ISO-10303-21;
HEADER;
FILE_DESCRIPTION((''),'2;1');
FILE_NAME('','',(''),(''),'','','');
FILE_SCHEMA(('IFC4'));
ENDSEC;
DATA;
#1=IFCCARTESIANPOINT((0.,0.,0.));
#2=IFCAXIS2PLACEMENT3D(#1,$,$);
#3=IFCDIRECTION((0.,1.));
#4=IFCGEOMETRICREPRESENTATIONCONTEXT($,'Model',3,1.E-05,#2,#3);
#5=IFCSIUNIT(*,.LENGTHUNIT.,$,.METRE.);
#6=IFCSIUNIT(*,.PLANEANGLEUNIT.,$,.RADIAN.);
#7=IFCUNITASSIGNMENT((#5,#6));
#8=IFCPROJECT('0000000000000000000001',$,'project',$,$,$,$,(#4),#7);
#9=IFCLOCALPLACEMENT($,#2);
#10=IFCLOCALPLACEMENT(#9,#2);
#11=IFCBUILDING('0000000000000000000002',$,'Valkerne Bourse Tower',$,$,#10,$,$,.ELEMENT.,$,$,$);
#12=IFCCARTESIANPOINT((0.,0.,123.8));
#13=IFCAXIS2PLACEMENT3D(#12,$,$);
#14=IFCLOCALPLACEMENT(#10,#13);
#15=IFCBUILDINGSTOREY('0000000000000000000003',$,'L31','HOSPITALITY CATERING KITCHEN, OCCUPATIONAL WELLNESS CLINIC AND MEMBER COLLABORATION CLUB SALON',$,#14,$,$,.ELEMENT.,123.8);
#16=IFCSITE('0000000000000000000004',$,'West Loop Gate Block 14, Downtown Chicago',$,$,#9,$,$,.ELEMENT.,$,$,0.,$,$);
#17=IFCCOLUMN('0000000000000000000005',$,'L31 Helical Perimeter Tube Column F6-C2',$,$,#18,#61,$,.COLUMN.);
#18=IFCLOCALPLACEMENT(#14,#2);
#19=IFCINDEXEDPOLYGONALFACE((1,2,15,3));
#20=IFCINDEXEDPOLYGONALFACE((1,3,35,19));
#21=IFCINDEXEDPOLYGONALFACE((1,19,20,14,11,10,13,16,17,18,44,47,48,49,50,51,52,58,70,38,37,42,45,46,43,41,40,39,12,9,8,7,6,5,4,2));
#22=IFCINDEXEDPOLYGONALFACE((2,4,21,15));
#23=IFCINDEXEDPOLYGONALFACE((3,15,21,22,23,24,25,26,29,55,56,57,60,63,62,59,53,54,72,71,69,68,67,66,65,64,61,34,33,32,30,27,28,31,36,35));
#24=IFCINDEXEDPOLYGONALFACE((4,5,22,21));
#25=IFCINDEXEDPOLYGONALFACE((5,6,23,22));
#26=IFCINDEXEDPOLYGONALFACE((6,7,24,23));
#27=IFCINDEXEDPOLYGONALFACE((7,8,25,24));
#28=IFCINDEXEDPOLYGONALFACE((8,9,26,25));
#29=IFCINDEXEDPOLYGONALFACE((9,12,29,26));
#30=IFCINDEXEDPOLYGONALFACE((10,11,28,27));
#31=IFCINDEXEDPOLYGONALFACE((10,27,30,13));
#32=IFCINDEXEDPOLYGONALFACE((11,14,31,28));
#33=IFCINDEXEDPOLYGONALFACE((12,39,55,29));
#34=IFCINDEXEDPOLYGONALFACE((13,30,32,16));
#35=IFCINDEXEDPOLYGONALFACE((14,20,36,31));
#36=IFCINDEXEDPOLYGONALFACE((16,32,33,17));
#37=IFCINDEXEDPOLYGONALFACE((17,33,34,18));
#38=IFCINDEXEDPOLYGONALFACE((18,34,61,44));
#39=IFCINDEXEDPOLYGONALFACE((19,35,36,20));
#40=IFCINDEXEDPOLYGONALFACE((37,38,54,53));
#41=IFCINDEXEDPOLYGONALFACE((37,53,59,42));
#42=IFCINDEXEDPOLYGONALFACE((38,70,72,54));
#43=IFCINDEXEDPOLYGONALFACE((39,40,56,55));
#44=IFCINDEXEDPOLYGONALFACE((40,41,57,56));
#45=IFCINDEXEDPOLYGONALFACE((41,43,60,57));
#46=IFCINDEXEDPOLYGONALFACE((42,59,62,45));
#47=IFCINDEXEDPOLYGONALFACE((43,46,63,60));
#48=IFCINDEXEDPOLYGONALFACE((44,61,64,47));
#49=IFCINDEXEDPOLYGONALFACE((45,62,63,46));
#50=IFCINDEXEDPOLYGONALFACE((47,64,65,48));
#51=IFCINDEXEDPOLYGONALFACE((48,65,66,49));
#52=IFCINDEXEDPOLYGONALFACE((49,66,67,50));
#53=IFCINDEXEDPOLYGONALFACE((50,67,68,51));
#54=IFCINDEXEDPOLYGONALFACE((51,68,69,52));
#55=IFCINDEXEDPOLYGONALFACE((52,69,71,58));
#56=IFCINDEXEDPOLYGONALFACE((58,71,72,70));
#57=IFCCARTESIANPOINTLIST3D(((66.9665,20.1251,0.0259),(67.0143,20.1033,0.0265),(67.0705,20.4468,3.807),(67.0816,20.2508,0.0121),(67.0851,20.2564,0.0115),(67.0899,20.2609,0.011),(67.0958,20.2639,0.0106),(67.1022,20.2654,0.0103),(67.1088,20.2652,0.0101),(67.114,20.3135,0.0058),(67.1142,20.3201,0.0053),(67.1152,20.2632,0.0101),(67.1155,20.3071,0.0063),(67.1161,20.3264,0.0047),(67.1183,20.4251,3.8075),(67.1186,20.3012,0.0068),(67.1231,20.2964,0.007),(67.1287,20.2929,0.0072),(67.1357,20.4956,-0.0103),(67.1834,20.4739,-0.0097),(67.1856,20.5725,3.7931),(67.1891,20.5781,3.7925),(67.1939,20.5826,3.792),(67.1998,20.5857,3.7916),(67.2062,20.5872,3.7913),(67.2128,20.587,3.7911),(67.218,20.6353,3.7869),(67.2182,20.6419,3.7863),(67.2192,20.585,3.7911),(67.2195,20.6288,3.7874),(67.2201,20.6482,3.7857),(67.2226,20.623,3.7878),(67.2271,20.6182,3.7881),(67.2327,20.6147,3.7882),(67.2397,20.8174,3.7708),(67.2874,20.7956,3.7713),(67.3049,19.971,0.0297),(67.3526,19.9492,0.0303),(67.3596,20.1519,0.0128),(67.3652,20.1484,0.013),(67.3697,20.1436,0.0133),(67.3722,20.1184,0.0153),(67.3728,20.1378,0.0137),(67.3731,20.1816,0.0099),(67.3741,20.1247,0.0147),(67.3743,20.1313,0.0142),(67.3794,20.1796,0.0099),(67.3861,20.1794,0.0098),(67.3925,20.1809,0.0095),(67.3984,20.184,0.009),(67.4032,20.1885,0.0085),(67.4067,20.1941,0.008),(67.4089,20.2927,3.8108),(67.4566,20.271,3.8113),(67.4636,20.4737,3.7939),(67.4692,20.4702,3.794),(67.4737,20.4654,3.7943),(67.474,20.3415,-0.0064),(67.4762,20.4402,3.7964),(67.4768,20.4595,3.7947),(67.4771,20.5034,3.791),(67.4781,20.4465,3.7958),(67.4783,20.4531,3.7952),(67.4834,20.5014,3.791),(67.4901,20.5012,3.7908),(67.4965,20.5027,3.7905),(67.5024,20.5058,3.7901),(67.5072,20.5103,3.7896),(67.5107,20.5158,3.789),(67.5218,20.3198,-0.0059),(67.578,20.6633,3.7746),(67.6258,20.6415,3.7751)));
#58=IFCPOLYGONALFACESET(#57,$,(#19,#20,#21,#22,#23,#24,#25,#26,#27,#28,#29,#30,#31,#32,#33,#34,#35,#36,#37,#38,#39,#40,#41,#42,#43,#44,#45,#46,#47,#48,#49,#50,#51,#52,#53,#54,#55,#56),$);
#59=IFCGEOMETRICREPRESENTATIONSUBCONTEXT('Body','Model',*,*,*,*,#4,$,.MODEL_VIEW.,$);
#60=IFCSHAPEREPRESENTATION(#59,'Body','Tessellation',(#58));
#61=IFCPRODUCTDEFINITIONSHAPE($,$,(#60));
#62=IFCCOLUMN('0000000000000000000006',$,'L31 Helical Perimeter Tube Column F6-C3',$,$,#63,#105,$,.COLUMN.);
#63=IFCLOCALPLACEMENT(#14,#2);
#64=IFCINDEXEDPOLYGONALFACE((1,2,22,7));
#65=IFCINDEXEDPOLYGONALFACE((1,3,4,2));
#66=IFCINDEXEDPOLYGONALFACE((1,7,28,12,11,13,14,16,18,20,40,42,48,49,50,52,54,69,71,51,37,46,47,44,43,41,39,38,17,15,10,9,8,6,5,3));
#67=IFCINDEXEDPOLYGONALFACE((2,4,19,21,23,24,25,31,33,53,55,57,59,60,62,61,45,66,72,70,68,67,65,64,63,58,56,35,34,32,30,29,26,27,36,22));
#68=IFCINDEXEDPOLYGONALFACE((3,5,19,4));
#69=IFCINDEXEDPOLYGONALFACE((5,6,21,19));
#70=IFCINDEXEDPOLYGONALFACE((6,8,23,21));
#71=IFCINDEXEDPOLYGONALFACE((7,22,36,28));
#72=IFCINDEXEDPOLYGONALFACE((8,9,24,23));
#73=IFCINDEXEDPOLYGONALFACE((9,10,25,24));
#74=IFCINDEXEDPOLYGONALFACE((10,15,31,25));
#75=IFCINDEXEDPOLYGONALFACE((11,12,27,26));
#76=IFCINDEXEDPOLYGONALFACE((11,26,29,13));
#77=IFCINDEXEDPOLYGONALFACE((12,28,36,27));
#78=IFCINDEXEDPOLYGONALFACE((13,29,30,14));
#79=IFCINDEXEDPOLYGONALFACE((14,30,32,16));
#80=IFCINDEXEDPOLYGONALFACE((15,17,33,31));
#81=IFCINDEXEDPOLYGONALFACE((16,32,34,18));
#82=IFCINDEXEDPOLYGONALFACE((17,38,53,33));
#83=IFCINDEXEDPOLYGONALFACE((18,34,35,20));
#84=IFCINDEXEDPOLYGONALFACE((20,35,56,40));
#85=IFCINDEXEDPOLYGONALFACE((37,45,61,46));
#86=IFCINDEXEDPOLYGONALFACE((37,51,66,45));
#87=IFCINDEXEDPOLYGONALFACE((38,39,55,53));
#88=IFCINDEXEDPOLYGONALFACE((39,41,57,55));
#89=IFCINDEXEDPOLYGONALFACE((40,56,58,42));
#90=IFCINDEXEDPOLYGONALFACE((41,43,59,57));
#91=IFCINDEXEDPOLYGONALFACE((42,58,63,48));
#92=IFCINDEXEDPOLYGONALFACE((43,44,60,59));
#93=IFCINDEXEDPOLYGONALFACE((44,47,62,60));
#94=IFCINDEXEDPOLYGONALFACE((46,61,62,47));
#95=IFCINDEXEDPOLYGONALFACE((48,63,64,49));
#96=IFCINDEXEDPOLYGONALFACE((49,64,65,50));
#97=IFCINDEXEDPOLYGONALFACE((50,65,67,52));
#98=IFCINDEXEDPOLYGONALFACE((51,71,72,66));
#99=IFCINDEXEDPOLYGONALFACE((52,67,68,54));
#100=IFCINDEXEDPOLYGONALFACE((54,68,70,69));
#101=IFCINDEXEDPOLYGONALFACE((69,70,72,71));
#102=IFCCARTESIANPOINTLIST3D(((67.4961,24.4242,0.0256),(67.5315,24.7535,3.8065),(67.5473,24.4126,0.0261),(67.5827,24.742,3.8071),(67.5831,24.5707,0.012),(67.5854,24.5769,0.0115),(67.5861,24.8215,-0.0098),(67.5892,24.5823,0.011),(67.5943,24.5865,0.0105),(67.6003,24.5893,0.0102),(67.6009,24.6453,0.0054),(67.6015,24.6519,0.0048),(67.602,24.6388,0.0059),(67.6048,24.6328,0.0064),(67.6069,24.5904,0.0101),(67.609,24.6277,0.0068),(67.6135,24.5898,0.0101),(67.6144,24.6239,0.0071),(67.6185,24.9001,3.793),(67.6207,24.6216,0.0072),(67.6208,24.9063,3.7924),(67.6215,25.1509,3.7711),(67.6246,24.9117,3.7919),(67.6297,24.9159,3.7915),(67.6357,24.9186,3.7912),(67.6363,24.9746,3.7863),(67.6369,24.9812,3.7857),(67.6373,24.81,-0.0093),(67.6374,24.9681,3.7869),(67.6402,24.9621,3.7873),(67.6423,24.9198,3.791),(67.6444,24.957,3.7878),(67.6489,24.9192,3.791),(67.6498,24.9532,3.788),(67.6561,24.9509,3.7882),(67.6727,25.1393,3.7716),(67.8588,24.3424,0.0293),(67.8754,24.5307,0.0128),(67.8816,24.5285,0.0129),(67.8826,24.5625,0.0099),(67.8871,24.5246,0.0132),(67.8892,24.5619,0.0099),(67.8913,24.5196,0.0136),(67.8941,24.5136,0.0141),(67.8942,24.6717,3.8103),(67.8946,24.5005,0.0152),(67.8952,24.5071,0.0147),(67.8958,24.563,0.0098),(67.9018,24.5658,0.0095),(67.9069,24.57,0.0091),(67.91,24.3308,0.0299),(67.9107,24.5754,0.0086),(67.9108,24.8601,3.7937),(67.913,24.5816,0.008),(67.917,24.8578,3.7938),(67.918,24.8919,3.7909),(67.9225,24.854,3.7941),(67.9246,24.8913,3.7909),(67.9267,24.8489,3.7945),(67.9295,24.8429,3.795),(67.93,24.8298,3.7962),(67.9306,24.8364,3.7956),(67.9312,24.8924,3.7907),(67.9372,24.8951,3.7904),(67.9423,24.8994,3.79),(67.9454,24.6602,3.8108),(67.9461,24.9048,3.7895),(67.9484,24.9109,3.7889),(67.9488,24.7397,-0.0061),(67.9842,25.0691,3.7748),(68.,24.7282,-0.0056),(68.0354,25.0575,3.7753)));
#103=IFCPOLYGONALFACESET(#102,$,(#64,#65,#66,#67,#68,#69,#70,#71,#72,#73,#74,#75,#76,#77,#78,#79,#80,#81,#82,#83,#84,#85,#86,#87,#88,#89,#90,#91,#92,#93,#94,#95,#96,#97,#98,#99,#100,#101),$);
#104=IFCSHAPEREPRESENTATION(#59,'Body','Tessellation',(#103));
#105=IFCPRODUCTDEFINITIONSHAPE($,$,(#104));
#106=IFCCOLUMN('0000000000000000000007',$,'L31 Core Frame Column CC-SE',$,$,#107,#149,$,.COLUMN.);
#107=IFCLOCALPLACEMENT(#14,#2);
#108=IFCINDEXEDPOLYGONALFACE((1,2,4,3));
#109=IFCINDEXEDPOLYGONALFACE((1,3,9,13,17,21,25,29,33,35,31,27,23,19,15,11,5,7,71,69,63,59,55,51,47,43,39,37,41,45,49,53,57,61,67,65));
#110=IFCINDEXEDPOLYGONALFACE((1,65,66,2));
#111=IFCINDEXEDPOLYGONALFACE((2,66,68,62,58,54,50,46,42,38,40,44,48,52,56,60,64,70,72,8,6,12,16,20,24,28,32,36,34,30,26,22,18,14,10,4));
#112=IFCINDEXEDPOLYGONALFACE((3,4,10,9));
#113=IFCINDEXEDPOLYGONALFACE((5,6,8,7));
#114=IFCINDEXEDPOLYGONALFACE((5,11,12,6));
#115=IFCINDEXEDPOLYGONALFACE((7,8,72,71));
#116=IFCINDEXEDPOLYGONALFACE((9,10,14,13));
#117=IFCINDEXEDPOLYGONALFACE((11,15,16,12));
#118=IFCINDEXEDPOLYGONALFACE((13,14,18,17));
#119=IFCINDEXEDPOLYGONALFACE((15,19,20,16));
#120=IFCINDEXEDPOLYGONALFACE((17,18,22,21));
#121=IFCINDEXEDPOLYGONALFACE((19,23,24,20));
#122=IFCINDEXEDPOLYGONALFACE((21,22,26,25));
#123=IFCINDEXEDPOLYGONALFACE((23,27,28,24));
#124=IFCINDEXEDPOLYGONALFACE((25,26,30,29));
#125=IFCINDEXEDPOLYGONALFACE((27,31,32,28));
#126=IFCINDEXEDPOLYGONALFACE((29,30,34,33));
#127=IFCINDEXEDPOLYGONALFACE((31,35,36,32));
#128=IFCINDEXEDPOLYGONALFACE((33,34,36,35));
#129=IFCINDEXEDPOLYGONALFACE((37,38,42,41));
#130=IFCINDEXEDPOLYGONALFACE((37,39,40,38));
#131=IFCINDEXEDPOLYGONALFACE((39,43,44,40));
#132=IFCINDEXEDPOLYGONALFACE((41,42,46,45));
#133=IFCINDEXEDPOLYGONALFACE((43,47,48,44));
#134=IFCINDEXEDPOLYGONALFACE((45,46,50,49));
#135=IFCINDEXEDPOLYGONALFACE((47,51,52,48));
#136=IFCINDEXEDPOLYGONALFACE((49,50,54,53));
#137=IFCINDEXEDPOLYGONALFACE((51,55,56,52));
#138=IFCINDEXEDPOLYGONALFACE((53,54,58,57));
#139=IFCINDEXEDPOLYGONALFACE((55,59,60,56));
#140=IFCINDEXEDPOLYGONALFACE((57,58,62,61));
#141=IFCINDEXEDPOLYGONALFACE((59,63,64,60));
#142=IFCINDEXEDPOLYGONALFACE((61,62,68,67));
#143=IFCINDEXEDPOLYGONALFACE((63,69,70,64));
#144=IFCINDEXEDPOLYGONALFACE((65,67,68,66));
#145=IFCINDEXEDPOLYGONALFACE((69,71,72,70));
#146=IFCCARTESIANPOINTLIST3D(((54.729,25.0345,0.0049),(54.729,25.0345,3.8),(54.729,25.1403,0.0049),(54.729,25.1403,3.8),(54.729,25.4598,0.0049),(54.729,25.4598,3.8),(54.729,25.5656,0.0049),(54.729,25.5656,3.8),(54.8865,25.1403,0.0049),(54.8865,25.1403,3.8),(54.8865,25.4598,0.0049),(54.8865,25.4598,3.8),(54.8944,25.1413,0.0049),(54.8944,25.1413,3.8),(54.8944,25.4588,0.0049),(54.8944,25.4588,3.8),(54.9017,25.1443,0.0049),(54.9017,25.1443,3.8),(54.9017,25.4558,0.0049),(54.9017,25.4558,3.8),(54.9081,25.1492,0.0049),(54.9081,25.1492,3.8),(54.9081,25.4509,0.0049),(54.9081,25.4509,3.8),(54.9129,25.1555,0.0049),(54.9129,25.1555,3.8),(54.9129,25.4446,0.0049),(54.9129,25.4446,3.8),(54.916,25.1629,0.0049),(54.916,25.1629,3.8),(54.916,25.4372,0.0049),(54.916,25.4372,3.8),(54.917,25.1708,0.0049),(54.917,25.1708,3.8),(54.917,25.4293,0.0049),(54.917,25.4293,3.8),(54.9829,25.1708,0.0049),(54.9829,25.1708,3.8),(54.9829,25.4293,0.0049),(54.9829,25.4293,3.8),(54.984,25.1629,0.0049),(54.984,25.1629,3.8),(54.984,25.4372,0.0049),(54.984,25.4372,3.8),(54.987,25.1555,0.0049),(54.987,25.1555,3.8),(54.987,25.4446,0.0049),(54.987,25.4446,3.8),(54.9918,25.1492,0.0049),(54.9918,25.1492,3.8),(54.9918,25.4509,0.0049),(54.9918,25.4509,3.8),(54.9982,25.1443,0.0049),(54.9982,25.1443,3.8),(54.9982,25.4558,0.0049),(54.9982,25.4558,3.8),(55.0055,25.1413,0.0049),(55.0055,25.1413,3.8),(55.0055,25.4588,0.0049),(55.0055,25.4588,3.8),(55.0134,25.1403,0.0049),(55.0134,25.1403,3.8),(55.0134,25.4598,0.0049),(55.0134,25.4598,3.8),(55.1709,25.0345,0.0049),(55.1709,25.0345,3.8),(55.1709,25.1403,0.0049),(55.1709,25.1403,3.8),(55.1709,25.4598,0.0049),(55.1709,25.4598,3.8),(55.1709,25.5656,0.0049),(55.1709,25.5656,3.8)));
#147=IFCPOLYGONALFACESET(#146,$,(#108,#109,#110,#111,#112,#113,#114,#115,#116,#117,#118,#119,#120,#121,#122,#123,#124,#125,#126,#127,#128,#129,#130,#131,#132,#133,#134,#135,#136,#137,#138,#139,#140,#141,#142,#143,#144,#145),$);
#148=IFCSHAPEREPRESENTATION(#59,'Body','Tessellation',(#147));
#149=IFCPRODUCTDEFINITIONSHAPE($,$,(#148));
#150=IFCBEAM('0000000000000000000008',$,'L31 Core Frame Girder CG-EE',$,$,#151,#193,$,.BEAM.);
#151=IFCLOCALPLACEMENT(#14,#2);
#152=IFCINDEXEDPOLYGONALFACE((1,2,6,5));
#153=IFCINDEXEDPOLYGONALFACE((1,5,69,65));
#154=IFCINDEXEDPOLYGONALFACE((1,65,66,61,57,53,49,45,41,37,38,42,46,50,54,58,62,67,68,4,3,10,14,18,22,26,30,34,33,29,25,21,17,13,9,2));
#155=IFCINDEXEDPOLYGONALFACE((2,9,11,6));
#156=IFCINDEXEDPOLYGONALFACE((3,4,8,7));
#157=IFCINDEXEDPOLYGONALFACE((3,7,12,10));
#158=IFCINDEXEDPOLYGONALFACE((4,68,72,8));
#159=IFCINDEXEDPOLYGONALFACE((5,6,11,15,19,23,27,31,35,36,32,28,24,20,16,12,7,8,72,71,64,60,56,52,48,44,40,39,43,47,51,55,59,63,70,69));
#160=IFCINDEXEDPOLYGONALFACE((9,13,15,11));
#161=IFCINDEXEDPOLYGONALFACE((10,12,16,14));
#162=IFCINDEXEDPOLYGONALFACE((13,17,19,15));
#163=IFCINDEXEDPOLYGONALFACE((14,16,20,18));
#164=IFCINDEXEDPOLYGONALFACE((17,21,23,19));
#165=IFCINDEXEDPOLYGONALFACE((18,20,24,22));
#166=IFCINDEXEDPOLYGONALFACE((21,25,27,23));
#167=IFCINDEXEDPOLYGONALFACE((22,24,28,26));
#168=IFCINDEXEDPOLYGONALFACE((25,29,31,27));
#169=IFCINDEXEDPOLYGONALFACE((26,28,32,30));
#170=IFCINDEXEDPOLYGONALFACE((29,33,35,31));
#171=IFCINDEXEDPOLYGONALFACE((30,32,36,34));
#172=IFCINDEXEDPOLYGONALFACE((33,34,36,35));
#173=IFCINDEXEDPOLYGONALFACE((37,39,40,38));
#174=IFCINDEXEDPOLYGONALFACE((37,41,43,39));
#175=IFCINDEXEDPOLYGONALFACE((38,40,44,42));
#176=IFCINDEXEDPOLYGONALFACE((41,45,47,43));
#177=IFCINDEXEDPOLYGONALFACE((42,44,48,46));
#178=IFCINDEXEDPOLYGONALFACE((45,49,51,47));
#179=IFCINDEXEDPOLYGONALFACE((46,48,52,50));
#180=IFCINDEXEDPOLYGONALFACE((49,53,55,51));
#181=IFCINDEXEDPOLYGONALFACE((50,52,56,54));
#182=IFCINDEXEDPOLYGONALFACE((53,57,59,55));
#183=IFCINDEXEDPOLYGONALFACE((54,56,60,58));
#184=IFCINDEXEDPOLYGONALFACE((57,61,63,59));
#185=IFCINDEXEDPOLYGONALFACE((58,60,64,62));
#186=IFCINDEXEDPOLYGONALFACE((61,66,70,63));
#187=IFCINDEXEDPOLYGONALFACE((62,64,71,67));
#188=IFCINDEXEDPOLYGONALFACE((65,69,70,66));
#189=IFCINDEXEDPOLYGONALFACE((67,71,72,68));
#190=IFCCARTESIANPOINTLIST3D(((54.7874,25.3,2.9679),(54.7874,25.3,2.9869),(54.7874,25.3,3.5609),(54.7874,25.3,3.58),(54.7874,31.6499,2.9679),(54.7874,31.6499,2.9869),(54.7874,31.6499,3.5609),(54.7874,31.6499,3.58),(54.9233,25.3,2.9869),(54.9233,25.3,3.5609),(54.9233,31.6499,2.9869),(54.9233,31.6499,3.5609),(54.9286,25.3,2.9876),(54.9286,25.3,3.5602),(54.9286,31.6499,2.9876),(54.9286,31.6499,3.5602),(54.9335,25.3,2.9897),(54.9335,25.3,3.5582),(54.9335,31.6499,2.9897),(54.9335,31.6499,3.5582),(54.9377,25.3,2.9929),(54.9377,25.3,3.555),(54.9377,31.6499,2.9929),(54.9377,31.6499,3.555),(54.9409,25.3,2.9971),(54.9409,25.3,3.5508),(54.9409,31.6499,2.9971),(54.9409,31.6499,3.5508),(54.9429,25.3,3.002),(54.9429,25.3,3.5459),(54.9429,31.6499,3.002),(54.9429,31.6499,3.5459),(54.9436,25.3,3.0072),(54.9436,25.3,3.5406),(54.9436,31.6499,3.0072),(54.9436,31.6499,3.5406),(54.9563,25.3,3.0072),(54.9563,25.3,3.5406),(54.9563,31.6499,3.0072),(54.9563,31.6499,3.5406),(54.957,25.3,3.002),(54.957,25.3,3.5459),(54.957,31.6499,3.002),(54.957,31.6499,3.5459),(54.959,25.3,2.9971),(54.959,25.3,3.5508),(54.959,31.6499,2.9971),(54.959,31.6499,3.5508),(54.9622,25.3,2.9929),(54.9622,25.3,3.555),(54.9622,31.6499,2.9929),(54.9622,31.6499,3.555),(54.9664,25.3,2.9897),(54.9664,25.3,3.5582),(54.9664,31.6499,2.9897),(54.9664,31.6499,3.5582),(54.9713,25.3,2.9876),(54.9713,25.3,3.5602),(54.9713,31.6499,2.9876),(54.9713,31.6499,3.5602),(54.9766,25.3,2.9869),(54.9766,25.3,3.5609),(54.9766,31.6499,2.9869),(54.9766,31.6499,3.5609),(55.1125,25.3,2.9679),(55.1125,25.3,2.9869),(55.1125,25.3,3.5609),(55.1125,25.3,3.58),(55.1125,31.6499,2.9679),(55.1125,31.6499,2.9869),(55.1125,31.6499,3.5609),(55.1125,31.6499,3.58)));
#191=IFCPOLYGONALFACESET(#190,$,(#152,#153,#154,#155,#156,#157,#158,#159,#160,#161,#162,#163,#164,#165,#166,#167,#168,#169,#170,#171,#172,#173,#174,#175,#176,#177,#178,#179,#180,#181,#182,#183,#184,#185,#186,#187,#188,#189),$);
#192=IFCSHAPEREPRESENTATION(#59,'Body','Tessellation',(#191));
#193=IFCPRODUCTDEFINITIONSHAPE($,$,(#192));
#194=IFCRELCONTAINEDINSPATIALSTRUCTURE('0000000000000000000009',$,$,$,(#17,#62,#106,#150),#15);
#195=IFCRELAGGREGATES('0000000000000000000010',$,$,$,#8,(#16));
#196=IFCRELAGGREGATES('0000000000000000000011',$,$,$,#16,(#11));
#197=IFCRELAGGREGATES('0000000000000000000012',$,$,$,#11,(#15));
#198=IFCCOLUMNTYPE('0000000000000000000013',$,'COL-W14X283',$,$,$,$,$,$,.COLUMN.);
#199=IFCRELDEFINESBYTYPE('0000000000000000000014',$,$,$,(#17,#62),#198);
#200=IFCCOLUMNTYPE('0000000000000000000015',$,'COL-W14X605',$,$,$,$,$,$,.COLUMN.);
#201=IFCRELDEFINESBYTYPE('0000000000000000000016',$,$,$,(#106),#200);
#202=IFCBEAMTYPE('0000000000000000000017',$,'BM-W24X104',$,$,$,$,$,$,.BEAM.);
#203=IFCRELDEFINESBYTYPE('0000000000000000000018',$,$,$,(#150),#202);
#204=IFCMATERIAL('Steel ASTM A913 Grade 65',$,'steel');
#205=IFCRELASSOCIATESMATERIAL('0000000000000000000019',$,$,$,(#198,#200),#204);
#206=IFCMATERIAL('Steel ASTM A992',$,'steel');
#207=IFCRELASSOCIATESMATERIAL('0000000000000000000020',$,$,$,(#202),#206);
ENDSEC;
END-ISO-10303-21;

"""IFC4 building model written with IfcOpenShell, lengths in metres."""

from ifc_helpers import new_model, si_unit, direction, frame, origin, origin_2d, place, context, subcontext, project, spatial, i_section, extrude, material, material_profile, profile_set, type_object, element, save


model = new_model("IFC4")

# Units and contexts
model_context = context("Model", 3, precision=1e-05, world=origin(), true_north=direction((0.0, 1.0)))
body_context = subcontext(model_context, "Body", "Model", "MODEL_VIEW")
ifc_project = project(units=[si_unit("LENGTHUNIT", "METRE"), si_unit("PLANEANGLEUNIT", "RADIAN")], contexts=[model_context])

# Site, building, storey
site_placement = place(None, origin())
site = spatial("IfcSite", under=ifc_project, at=site_placement, Name="West Loop Gate Block 14, Downtown Chicago", CompositionType="ELEMENT", RefElevation=0.0)
building_placement = place(site_placement, origin())
building = spatial("IfcBuilding", under=site, at=building_placement, Name="Valkerne Bourse Tower", CompositionType="ELEMENT")
storey_placement = place(building_placement, frame((0.0, 0.0, 123.8)))
storey = spatial("IfcBuildingStorey", under=building, at=storey_placement, Name="L31", Description="HOSPITALITY CATERING KITCHEN, OCCUPATIONAL WELLNESS CLINIC AND MEMBER COLLABORATION CLUB SALON", CompositionType="ELEMENT", Elevation=123.8)

# Columns
ifc_material_1 = material(Name="Steel ASTM A913 Grade 65", Category="steel")
ifc_material_profile_1 = material_profile(ifc_material_1, i_section(OverallWidth=0.4089, OverallDepth=0.4243, WebThickness=0.0327, FlangeThickness=0.0525, FilletRadius=0.0254, at=origin_2d()), Name="W14X283")
ifc_profile_set_1 = profile_set([ifc_material_profile_1], Name="Steel ASTM A913 Grade 65")
column_type_1 = type_object("IfcColumnType", Name="COL-W14X283", PredefinedType="COLUMN", material=ifc_profile_set_1)
column_1_placement = place(storey_placement, frame((67.2441, 20.2224, 0.01), z_axis=(0.027398, 0.084765, 0.996024), x_axis=(-0.413665, -0.906118, 0.088493)))
element("IfcColumn", 1, at=column_1_placement, inside=storey, type_object=column_type_1, Name="L31 Helical Perimeter Tube Column F6-C2", PredefinedType="COLUMN", context=body_context, shape_type="SweptSolid", body=[
    extrude(i_section(OverallWidth=0.4089, OverallDepth=0.4243, WebThickness=0.0327, FlangeThickness=0.0525, FilletRadius=0.0254, at=origin_2d()), origin(), (0.0, 0.0, 1.0), 3.7961),
])
column_2_placement = place(storey_placement, frame((67.748, 24.5762, 0.01), z_axis=(0.009327, 0.086773, 0.996184), x_axis=(-0.220037, -0.971632, 0.086694)))
element("IfcColumn", 2, at=column_2_placement, inside=storey, type_object=column_type_1, Name="L31 Helical Perimeter Tube Column F6-C3", PredefinedType="COLUMN", context=body_context, shape_type="SweptSolid", body=[
    extrude(i_section(OverallWidth=0.4089, OverallDepth=0.4243, WebThickness=0.0327, FlangeThickness=0.0525, FilletRadius=0.0254, at=origin_2d()), origin(), (0.0, 0.0, 1.0), 3.7954),
])
ifc_material_profile_2 = material_profile(ifc_material_1, i_section(OverallWidth=0.4419, OverallDepth=0.531, WebThickness=0.0659, FlangeThickness=0.1057, FilletRadius=0.0305, at=origin_2d()), Name="W14X605")
ifc_profile_set_2 = profile_set([ifc_material_profile_2], Name="Steel ASTM A913 Grade 65")
column_type_2 = type_object("IfcColumnType", Name="COL-W14X605", PredefinedType="COLUMN", material=ifc_profile_set_2)
column_3_placement = place(storey_placement, frame((54.95, 25.3, 0.0049), z_axis=(0.0, 0.0, 1.0), x_axis=(1.0, 0.0, 0.0)))
element("IfcColumn", 3, at=column_3_placement, inside=storey, type_object=column_type_2, Name="L31 Core Frame Column CC-SE", PredefinedType="COLUMN", context=body_context, shape_type="SweptSolid", body=[
    extrude(i_section(OverallWidth=0.4419, OverallDepth=0.531, WebThickness=0.0659, FlangeThickness=0.1057, FilletRadius=0.0305, at=origin_2d()), origin(), (0.0, 0.0, 1.0), 3.7952),
])

# Beam
ifc_material_2 = material(Name="Steel ASTM A992", Category="steel")
ifc_material_profile_3 = material_profile(ifc_material_2, i_section(OverallWidth=0.3252, OverallDepth=0.6121, WebThickness=0.0127, FlangeThickness=0.019, FilletRadius=0.0203, at=origin_2d()), Name="W24X104")
ifc_profile_set_3 = profile_set([ifc_material_profile_3], Name="Steel ASTM A992")
beam_type_1 = type_object("IfcBeamType", Name="BM-W24X104", PredefinedType="BEAM", material=ifc_profile_set_3)
beam_1_placement = place(storey_placement, frame((54.95, 25.3, 3.2739), z_axis=(0.0, 1.0, 0.0), x_axis=(-1.0, 0.0, 0.0)))
element("IfcBeam", 4, at=beam_1_placement, inside=storey, type_object=beam_type_1, Name="L31 Core Frame Girder CG-EE", PredefinedType="BEAM", context=body_context, shape_type="SweptSolid", body=[
    extrude(i_section(OverallWidth=0.3252, OverallDepth=0.6121, WebThickness=0.0127, FlangeThickness=0.019, FilletRadius=0.0203, at=origin_2d()), origin(), (0.0, 0.0, 1.0), 6.3499),
])

save(model, "model.ifc")
